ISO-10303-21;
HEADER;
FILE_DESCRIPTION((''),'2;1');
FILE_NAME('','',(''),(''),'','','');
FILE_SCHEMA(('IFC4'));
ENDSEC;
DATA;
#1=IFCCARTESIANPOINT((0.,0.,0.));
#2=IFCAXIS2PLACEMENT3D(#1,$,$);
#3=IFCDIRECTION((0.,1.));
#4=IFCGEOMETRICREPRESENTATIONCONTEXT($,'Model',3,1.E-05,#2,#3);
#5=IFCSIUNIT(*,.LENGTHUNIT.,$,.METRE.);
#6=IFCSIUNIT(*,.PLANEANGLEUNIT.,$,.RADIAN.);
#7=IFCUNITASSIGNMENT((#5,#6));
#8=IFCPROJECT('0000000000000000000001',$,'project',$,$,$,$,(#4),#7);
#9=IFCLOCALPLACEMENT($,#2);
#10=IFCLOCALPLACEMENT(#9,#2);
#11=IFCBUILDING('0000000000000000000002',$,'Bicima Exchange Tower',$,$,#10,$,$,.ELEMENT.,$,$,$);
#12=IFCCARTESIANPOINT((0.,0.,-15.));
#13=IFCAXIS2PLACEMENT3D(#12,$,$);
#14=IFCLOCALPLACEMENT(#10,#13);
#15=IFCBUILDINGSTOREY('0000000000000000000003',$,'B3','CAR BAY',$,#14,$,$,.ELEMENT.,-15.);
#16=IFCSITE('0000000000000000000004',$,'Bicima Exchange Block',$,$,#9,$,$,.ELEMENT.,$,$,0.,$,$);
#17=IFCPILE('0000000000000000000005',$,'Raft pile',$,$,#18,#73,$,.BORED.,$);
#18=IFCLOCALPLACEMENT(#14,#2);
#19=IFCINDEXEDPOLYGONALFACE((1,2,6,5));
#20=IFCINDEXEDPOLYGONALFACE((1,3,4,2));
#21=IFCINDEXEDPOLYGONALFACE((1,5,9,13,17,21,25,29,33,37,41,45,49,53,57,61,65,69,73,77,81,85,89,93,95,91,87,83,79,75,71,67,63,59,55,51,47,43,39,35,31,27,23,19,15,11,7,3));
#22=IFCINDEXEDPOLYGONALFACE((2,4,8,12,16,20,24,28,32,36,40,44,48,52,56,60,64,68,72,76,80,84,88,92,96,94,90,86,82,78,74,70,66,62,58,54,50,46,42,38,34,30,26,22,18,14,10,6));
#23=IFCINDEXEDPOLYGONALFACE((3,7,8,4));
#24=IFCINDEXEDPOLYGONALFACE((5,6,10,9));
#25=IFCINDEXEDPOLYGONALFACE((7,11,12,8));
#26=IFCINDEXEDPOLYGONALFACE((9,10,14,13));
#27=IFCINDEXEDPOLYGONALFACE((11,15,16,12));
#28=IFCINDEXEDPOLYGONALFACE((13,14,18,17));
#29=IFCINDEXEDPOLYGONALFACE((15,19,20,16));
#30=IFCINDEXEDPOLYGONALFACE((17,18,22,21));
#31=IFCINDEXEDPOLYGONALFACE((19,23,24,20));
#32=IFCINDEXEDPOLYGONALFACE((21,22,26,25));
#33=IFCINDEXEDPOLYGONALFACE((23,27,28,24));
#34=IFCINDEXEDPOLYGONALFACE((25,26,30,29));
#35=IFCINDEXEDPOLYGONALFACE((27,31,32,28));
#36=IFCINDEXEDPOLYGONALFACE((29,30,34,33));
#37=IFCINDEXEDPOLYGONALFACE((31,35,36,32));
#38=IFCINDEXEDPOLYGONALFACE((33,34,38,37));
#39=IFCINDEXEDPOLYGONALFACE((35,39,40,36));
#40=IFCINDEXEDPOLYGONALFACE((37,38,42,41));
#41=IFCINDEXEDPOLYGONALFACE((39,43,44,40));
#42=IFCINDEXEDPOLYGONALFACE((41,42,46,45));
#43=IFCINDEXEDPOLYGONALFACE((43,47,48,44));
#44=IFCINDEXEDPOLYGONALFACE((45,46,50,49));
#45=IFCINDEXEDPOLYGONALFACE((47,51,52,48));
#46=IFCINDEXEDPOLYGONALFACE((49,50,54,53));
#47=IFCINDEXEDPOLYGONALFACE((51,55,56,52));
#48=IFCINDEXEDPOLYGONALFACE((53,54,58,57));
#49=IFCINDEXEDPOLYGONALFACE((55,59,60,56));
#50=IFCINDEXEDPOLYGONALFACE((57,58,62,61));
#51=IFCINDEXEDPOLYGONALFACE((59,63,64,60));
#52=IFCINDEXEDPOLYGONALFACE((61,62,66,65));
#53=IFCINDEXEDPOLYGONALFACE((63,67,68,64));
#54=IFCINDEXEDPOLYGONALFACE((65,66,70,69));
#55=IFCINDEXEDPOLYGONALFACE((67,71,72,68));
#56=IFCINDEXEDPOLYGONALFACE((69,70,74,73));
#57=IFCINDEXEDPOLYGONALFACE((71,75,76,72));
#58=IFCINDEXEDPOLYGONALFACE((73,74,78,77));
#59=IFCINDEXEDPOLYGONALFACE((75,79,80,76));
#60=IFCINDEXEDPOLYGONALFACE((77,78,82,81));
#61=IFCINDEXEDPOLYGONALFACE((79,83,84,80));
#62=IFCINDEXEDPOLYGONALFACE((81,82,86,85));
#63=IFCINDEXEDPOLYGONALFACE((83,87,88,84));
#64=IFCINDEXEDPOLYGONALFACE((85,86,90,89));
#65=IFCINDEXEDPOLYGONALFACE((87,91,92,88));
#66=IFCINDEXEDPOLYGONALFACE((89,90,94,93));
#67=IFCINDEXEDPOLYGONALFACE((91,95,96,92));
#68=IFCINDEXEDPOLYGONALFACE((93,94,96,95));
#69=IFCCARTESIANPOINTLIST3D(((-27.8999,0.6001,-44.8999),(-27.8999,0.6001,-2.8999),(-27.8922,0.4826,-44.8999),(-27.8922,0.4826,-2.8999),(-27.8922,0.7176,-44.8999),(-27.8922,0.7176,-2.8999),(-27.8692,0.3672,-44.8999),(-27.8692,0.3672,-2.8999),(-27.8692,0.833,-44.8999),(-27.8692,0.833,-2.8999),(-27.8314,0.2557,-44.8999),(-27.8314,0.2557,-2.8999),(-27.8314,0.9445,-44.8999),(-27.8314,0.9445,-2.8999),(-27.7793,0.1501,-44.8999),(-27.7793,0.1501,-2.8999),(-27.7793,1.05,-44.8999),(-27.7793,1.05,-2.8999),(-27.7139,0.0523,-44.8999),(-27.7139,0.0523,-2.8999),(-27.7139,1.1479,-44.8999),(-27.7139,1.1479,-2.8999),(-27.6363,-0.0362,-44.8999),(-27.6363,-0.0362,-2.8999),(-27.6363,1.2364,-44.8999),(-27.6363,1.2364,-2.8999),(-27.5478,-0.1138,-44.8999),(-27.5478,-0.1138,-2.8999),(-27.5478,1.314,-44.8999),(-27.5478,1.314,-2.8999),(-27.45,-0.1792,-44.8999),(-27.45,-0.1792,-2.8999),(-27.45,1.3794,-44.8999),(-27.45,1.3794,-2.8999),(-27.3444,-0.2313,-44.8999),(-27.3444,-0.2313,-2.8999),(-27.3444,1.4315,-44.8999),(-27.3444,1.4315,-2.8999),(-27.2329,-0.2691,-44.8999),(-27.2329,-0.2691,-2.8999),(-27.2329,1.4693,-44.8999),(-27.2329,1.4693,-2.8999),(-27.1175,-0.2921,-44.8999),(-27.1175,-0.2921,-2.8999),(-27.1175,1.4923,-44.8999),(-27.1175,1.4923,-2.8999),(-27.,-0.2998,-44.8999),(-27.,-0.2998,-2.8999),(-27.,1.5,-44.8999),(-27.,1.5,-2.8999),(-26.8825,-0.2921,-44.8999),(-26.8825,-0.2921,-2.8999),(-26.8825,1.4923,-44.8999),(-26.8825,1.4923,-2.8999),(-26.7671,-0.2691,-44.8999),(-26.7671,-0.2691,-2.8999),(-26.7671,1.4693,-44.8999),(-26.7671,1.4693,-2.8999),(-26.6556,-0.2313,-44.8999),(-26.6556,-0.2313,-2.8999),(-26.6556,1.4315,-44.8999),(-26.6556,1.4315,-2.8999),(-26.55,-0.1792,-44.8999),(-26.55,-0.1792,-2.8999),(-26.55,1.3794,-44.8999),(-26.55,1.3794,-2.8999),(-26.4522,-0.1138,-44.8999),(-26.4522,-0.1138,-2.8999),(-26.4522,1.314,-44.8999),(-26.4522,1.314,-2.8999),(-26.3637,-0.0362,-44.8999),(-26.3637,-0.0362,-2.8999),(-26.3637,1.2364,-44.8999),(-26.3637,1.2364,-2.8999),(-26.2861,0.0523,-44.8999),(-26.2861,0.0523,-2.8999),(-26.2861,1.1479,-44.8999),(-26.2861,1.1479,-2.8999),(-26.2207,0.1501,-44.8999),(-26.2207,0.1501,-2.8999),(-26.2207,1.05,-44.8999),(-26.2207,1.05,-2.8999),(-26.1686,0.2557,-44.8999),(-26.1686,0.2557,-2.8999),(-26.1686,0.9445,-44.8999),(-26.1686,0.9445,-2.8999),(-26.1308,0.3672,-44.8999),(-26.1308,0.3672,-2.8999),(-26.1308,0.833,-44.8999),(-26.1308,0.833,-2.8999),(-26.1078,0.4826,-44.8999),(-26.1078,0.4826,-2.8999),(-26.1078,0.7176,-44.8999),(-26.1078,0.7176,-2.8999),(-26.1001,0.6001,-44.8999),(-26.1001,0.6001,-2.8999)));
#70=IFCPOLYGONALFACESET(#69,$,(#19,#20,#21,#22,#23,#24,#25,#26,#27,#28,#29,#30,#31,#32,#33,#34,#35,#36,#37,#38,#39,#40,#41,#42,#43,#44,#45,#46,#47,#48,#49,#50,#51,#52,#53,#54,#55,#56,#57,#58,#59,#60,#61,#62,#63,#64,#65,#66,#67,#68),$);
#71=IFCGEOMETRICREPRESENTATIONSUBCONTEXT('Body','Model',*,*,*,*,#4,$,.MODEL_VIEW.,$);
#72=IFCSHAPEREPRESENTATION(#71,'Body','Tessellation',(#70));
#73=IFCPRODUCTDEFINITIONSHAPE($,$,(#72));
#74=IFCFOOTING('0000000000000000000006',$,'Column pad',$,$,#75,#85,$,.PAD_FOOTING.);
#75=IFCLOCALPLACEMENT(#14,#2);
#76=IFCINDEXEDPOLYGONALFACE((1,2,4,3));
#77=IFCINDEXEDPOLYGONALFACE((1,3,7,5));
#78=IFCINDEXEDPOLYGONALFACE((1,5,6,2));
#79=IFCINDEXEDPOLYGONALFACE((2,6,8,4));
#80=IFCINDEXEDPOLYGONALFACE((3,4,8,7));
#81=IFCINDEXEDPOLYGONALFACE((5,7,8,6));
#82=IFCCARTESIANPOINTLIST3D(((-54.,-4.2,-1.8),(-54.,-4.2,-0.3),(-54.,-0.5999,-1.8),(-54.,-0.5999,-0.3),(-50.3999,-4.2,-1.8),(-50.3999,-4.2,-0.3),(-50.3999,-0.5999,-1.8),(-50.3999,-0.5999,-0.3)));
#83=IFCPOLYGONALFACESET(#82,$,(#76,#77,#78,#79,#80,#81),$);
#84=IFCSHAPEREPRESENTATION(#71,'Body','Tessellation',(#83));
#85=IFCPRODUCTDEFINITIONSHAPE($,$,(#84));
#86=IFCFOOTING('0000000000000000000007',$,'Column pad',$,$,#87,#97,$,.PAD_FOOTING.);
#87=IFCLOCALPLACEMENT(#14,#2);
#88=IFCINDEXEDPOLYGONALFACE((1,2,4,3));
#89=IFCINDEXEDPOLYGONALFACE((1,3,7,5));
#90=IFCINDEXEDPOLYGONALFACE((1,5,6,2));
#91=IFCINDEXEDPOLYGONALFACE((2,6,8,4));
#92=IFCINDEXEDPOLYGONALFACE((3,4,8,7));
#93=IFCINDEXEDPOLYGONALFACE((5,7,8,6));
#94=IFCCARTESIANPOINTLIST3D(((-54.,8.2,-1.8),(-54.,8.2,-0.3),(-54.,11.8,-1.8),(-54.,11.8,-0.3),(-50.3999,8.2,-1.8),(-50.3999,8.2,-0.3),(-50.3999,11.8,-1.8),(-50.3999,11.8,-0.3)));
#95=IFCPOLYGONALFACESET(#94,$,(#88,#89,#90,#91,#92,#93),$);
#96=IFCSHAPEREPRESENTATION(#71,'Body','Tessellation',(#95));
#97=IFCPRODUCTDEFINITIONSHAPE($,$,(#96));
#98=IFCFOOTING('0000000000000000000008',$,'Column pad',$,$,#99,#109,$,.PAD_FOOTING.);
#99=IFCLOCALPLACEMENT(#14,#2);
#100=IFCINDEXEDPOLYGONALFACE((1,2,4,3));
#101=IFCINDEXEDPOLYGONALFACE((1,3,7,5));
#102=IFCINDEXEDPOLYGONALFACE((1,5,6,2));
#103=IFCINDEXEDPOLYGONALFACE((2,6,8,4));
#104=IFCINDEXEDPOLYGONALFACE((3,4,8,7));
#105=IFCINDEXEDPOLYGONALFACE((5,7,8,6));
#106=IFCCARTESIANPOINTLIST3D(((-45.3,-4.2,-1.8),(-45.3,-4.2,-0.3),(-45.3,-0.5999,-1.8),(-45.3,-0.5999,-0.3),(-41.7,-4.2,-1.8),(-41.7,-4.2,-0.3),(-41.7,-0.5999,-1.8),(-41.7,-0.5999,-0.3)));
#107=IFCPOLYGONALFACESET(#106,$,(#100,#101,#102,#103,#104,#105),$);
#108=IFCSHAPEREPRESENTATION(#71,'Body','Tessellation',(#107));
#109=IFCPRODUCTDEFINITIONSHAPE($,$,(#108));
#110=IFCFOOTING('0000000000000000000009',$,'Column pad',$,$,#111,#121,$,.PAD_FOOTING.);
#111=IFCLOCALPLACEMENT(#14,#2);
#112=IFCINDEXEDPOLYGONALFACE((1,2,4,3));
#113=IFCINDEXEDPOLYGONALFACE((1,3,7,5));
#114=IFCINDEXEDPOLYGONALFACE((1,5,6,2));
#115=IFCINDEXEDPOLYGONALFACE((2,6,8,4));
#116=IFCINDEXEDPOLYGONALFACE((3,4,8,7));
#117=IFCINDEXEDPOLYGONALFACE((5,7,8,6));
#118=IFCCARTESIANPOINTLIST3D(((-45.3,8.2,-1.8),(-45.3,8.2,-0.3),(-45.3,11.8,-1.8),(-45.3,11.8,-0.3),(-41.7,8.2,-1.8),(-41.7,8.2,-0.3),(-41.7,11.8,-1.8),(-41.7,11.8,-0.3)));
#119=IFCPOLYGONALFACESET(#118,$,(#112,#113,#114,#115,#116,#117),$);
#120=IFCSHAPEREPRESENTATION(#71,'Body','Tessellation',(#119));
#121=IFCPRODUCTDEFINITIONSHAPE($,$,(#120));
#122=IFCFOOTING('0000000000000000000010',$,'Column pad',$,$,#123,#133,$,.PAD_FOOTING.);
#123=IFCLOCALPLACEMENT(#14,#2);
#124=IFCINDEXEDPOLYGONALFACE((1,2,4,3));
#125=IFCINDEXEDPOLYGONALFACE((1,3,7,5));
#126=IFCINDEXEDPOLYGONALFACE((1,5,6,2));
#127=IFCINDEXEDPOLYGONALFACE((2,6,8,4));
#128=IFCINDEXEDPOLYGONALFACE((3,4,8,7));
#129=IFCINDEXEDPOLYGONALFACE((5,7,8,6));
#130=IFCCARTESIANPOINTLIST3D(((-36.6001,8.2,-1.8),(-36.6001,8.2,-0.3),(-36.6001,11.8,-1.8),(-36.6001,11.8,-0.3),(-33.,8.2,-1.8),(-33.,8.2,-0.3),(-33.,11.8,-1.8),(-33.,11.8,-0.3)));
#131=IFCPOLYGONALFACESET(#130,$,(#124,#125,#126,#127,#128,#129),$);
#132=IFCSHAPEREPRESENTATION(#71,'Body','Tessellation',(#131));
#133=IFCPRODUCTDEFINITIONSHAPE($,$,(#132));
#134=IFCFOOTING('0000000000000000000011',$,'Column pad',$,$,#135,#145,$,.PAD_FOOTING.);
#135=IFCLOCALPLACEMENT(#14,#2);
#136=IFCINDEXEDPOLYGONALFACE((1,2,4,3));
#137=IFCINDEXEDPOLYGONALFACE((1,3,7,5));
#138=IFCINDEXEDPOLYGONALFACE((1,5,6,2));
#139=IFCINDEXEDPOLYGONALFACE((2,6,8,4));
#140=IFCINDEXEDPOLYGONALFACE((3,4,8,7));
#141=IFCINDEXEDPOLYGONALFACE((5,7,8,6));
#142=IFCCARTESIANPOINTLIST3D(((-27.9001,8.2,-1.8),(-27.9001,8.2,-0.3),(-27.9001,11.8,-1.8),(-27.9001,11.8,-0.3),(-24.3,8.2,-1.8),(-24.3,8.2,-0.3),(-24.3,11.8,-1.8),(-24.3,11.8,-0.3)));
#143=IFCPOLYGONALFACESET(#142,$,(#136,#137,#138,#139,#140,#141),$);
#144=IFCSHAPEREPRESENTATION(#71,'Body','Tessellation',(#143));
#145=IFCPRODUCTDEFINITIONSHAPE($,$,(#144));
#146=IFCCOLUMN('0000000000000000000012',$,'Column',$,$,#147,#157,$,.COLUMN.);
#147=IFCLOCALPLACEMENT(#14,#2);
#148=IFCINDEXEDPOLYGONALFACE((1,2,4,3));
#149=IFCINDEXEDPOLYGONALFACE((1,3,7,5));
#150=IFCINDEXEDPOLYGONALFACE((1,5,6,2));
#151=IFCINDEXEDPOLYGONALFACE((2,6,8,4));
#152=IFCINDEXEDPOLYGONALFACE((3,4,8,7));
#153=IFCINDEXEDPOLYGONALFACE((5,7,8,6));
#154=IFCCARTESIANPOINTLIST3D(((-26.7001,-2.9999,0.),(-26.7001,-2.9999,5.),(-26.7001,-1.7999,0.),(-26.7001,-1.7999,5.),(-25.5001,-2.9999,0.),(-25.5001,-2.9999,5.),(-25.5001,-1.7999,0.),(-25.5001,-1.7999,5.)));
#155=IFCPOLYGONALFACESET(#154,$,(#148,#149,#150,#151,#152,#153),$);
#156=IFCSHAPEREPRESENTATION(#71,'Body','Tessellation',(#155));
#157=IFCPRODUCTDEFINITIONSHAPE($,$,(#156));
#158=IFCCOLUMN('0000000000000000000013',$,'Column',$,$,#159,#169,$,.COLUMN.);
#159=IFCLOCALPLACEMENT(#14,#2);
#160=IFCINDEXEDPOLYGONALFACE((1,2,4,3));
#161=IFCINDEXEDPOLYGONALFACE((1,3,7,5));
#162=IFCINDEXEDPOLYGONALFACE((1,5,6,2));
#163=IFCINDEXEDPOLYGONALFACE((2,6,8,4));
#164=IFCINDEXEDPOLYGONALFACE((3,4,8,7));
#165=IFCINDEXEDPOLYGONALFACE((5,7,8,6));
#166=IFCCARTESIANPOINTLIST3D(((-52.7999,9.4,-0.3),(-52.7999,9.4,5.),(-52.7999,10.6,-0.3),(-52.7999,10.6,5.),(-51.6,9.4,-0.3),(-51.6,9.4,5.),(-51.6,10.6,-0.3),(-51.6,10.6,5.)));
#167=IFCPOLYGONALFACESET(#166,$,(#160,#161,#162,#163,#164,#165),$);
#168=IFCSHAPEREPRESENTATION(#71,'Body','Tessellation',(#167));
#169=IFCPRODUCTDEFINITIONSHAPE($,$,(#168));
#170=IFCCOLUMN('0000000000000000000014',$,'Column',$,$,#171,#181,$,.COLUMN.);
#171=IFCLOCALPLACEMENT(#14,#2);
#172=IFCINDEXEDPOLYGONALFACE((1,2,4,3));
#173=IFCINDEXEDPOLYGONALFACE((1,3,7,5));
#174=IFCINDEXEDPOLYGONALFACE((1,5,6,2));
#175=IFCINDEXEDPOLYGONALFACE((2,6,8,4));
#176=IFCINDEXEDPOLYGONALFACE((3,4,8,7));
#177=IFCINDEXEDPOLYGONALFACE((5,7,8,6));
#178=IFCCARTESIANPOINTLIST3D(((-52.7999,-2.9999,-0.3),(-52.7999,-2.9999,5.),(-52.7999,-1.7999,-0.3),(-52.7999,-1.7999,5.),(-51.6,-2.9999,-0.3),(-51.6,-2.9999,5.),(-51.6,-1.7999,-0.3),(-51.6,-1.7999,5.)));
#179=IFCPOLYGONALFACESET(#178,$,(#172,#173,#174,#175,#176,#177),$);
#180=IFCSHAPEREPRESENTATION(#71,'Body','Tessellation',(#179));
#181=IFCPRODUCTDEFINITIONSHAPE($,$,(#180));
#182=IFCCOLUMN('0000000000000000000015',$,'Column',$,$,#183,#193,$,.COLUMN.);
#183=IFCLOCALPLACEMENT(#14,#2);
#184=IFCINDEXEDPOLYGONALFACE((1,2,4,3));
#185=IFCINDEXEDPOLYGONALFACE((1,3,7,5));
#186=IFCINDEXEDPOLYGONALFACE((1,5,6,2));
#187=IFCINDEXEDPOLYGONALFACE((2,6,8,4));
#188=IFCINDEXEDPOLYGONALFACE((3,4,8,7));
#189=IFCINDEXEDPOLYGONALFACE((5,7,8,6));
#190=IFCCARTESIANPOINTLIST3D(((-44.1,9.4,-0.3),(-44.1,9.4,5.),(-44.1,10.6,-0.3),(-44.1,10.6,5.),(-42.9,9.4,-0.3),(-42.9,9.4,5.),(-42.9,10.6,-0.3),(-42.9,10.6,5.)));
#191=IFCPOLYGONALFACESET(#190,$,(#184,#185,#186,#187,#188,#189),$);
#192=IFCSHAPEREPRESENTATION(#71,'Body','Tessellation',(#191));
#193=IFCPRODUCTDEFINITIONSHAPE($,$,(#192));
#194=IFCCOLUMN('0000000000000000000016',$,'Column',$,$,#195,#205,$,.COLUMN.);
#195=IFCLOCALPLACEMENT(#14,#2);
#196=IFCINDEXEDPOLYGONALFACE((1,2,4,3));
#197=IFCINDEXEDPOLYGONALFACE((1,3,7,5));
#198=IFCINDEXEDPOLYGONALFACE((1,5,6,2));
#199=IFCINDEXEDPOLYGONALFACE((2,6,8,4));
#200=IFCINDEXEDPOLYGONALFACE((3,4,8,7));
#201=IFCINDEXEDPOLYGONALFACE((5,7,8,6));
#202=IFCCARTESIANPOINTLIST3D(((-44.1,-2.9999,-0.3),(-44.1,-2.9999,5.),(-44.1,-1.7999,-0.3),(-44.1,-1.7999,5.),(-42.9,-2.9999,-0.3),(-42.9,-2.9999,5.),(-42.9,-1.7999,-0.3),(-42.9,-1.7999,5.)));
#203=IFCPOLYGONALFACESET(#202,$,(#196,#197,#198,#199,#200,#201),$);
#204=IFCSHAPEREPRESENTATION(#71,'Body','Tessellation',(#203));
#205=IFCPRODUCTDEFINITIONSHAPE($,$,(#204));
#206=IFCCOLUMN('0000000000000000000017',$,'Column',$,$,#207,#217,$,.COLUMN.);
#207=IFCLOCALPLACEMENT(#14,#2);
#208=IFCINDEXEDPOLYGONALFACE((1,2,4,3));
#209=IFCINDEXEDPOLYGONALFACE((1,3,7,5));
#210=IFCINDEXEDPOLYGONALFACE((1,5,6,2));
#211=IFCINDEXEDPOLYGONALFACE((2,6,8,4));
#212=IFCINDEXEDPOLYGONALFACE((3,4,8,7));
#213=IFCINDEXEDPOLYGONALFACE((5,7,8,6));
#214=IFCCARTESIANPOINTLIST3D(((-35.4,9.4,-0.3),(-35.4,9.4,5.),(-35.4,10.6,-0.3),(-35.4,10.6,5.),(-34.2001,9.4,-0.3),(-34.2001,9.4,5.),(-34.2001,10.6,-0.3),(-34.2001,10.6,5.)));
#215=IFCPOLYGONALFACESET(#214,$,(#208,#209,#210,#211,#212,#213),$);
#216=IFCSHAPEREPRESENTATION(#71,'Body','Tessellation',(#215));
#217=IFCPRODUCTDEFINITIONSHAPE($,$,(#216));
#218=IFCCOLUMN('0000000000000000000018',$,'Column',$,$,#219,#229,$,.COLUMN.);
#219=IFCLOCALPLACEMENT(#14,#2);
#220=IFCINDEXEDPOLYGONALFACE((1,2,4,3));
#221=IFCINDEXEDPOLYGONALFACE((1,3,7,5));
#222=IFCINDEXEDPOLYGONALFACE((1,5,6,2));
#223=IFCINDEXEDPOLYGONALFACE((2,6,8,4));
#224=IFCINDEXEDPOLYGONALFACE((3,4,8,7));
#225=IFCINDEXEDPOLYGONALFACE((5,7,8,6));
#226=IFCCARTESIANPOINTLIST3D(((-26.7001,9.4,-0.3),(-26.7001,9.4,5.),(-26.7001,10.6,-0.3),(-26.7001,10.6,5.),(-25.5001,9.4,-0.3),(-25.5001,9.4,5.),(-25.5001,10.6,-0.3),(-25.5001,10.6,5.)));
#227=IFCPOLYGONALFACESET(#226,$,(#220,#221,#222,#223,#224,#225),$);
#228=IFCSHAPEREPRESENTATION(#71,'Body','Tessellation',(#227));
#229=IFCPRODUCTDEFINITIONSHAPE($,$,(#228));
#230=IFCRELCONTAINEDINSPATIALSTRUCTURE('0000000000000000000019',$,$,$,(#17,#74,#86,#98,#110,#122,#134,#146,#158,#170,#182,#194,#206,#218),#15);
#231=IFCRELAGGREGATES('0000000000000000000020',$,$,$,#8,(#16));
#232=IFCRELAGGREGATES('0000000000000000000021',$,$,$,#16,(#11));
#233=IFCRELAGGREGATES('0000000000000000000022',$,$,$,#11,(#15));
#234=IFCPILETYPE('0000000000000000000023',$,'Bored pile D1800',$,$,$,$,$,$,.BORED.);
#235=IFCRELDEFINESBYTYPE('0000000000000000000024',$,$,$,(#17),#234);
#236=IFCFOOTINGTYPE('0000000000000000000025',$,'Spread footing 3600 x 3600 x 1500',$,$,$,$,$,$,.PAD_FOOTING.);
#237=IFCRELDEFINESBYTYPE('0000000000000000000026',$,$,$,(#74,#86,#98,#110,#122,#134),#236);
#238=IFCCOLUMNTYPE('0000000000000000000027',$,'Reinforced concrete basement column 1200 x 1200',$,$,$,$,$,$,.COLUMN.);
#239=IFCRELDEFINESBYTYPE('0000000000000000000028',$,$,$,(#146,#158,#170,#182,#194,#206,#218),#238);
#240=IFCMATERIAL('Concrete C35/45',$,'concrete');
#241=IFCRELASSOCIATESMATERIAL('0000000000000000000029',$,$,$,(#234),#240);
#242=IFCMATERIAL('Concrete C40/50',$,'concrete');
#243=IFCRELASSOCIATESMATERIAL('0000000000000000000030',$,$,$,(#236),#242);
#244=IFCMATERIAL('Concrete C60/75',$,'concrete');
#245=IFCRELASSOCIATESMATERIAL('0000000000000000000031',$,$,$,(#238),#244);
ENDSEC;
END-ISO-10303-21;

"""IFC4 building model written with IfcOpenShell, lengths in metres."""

from ifc_helpers import new_model, si_unit, direction, frame, origin, origin_2d, place, context, subcontext, project, spatial, rectangle, circle, extrude, material, material_profile, profile_set, type_object, element, save


model = new_model("IFC4")

# Units and contexts
model_context = context("Model", 3, precision=1e-05, world=origin(), true_north=direction((0.0, 1.0)))
body_context = subcontext(model_context, "Body", "Model", "MODEL_VIEW")
ifc_project = project(units=[si_unit("LENGTHUNIT", "METRE"), si_unit("PLANEANGLEUNIT", "RADIAN")], contexts=[model_context])

# Site, building, storey
site_placement = place(None, origin())
site = spatial("IfcSite", under=ifc_project, at=site_placement, Name="Bicima Exchange Block", CompositionType="ELEMENT", RefElevation=0.0)
building_placement = place(site_placement, origin())
building = spatial("IfcBuilding", under=site, at=building_placement, Name="Bicima Exchange Tower", CompositionType="ELEMENT")
storey_placement = place(building_placement, frame((0.0, 0.0, -15.0)))
storey = spatial("IfcBuildingStorey", under=building, at=storey_placement, Name="B3", Description="CAR BAY", CompositionType="ELEMENT", Elevation=-15.0)

# Pile
ifc_material_1 = material(Name="Concrete C35/45", Category="concrete")
ifc_material_profile_1 = material_profile(ifc_material_1, circle(Radius=0.8999, at=origin_2d()))
ifc_profile_set_1 = profile_set([ifc_material_profile_1], Name="Concrete C35/45")
pile_type = type_object("IfcPileType", Name="Bored pile D1800", PredefinedType="BORED", material=ifc_profile_set_1)
for number, where, z_axis, x_axis, name in (
    (1, (-27.0, 0.6001, -2.8999), (0.0, 0.0, -1.0), (1.0, 0.0, 0.0), "Raft pile"),
):
    element("IfcPile", number, at=place(storey_placement, frame(where, z_axis=z_axis, x_axis=x_axis)), inside=storey, type_object=pile_type, Name=name, PredefinedType="BORED", context=body_context, shape_type="SweptSolid", body=[
        extrude(circle(Radius=0.8999, at=origin_2d()), origin(), (0.0, 0.0, 1.0), 42.0),
    ])

# Footings
ifc_material_2 = material(Name="Concrete C40/50", Category="concrete")
footing_type = type_object("IfcFootingType", Name="Spread footing 3600 x 3600 x 1500", PredefinedType="PAD_FOOTING", material=ifc_material_2)
for number, where, z_axis, x_axis, name in (
    (2, (-52.2, -2.3999, -1.8), (0.0, 0.0, 1.0), (1.0, 0.0, 0.0), "Column pad"),
    (3, (-52.2, 10.0, -1.8), (0.0, 0.0, 1.0), (1.0, 0.0, 0.0), "Column pad"),
    (4, (-43.5, -2.3999, -1.8), (0.0, 0.0, 1.0), (1.0, 0.0, 0.0), "Column pad"),
    (5, (-43.5, 10.0, -1.8), (0.0, 0.0, 1.0), (1.0, 0.0, 0.0), "Column pad"),
    (6, (-34.8, 10.0, -1.8), (0.0, 0.0, 1.0), (1.0, 0.0, 0.0), "Column pad"),
    (7, (-26.1001, 10.0, -1.8), (0.0, 0.0, 1.0), (1.0, 0.0, 0.0), "Column pad"),
):
    element("IfcFooting", number, at=place(storey_placement, frame(where, z_axis=z_axis, x_axis=x_axis)), inside=storey, type_object=footing_type, Name=name, PredefinedType="PAD_FOOTING", context=body_context, shape_type="SweptSolid", body=[
        extrude(rectangle(XDim=3.6001, YDim=3.6001, at=origin_2d()), origin(), (0.0, 0.0, 1.0), 1.5),
    ])

# Columns
ifc_material_3 = material(Name="Concrete C60/75", Category="concrete")
ifc_material_profile_2 = material_profile(ifc_material_3, rectangle(XDim=1.2, YDim=1.2, at=origin_2d()))
ifc_profile_set_2 = profile_set([ifc_material_profile_2], Name="Concrete C60/75")
column_type_1 = type_object("IfcColumnType", Name="Reinforced concrete basement column 1200 x 1200", PredefinedType="COLUMN", material=ifc_profile_set_2)
column_1_placement = place(storey_placement, frame((-26.1001, -2.3999, 0.0), z_axis=(0.0, 0.0, 1.0), x_axis=(1.0, 0.0, 0.0)))
element("IfcColumn", 8, at=column_1_placement, inside=storey, type_object=column_type_1, Name="Column", PredefinedType="COLUMN", context=body_context, shape_type="SweptSolid", body=[
    extrude(rectangle(XDim=1.2, YDim=1.2, at=origin_2d()), origin(), (0.0, 0.0, 1.0), 5.0),
])
for number, where, z_axis, x_axis, name in (
    (9, (-52.2, 10.0, -0.3), (0.0, 0.0, 1.0), (1.0, 0.0, 0.0), "Column"),
    (10, (-52.2, -2.3999, -0.3), (0.0, 0.0, 1.0), (1.0, 0.0, 0.0), "Column"),
    (11, (-43.5, 10.0, -0.3), (0.0, 0.0, 1.0), (1.0, 0.0, 0.0), "Column"),
    (12, (-43.5, -2.3999, -0.3), (0.0, 0.0, 1.0), (1.0, 0.0, 0.0), "Column"),
    (13, (-34.8, 10.0, -0.3), (0.0, 0.0, 1.0), (1.0, 0.0, 0.0), "Column"),
    (14, (-26.1001, 10.0, -0.3), (0.0, 0.0, 1.0), (1.0, 0.0, 0.0), "Column"),
):
    element("IfcColumn", number, at=place(storey_placement, frame(where, z_axis=z_axis, x_axis=x_axis)), inside=storey, type_object=column_type_1, Name=name, PredefinedType="COLUMN", context=body_context, shape_type="SweptSolid", body=[
        extrude(rectangle(XDim=1.2, YDim=1.2, at=origin_2d()), origin(), (0.0, 0.0, 1.0), 5.3),
    ])

save(model, "model.ifc")
